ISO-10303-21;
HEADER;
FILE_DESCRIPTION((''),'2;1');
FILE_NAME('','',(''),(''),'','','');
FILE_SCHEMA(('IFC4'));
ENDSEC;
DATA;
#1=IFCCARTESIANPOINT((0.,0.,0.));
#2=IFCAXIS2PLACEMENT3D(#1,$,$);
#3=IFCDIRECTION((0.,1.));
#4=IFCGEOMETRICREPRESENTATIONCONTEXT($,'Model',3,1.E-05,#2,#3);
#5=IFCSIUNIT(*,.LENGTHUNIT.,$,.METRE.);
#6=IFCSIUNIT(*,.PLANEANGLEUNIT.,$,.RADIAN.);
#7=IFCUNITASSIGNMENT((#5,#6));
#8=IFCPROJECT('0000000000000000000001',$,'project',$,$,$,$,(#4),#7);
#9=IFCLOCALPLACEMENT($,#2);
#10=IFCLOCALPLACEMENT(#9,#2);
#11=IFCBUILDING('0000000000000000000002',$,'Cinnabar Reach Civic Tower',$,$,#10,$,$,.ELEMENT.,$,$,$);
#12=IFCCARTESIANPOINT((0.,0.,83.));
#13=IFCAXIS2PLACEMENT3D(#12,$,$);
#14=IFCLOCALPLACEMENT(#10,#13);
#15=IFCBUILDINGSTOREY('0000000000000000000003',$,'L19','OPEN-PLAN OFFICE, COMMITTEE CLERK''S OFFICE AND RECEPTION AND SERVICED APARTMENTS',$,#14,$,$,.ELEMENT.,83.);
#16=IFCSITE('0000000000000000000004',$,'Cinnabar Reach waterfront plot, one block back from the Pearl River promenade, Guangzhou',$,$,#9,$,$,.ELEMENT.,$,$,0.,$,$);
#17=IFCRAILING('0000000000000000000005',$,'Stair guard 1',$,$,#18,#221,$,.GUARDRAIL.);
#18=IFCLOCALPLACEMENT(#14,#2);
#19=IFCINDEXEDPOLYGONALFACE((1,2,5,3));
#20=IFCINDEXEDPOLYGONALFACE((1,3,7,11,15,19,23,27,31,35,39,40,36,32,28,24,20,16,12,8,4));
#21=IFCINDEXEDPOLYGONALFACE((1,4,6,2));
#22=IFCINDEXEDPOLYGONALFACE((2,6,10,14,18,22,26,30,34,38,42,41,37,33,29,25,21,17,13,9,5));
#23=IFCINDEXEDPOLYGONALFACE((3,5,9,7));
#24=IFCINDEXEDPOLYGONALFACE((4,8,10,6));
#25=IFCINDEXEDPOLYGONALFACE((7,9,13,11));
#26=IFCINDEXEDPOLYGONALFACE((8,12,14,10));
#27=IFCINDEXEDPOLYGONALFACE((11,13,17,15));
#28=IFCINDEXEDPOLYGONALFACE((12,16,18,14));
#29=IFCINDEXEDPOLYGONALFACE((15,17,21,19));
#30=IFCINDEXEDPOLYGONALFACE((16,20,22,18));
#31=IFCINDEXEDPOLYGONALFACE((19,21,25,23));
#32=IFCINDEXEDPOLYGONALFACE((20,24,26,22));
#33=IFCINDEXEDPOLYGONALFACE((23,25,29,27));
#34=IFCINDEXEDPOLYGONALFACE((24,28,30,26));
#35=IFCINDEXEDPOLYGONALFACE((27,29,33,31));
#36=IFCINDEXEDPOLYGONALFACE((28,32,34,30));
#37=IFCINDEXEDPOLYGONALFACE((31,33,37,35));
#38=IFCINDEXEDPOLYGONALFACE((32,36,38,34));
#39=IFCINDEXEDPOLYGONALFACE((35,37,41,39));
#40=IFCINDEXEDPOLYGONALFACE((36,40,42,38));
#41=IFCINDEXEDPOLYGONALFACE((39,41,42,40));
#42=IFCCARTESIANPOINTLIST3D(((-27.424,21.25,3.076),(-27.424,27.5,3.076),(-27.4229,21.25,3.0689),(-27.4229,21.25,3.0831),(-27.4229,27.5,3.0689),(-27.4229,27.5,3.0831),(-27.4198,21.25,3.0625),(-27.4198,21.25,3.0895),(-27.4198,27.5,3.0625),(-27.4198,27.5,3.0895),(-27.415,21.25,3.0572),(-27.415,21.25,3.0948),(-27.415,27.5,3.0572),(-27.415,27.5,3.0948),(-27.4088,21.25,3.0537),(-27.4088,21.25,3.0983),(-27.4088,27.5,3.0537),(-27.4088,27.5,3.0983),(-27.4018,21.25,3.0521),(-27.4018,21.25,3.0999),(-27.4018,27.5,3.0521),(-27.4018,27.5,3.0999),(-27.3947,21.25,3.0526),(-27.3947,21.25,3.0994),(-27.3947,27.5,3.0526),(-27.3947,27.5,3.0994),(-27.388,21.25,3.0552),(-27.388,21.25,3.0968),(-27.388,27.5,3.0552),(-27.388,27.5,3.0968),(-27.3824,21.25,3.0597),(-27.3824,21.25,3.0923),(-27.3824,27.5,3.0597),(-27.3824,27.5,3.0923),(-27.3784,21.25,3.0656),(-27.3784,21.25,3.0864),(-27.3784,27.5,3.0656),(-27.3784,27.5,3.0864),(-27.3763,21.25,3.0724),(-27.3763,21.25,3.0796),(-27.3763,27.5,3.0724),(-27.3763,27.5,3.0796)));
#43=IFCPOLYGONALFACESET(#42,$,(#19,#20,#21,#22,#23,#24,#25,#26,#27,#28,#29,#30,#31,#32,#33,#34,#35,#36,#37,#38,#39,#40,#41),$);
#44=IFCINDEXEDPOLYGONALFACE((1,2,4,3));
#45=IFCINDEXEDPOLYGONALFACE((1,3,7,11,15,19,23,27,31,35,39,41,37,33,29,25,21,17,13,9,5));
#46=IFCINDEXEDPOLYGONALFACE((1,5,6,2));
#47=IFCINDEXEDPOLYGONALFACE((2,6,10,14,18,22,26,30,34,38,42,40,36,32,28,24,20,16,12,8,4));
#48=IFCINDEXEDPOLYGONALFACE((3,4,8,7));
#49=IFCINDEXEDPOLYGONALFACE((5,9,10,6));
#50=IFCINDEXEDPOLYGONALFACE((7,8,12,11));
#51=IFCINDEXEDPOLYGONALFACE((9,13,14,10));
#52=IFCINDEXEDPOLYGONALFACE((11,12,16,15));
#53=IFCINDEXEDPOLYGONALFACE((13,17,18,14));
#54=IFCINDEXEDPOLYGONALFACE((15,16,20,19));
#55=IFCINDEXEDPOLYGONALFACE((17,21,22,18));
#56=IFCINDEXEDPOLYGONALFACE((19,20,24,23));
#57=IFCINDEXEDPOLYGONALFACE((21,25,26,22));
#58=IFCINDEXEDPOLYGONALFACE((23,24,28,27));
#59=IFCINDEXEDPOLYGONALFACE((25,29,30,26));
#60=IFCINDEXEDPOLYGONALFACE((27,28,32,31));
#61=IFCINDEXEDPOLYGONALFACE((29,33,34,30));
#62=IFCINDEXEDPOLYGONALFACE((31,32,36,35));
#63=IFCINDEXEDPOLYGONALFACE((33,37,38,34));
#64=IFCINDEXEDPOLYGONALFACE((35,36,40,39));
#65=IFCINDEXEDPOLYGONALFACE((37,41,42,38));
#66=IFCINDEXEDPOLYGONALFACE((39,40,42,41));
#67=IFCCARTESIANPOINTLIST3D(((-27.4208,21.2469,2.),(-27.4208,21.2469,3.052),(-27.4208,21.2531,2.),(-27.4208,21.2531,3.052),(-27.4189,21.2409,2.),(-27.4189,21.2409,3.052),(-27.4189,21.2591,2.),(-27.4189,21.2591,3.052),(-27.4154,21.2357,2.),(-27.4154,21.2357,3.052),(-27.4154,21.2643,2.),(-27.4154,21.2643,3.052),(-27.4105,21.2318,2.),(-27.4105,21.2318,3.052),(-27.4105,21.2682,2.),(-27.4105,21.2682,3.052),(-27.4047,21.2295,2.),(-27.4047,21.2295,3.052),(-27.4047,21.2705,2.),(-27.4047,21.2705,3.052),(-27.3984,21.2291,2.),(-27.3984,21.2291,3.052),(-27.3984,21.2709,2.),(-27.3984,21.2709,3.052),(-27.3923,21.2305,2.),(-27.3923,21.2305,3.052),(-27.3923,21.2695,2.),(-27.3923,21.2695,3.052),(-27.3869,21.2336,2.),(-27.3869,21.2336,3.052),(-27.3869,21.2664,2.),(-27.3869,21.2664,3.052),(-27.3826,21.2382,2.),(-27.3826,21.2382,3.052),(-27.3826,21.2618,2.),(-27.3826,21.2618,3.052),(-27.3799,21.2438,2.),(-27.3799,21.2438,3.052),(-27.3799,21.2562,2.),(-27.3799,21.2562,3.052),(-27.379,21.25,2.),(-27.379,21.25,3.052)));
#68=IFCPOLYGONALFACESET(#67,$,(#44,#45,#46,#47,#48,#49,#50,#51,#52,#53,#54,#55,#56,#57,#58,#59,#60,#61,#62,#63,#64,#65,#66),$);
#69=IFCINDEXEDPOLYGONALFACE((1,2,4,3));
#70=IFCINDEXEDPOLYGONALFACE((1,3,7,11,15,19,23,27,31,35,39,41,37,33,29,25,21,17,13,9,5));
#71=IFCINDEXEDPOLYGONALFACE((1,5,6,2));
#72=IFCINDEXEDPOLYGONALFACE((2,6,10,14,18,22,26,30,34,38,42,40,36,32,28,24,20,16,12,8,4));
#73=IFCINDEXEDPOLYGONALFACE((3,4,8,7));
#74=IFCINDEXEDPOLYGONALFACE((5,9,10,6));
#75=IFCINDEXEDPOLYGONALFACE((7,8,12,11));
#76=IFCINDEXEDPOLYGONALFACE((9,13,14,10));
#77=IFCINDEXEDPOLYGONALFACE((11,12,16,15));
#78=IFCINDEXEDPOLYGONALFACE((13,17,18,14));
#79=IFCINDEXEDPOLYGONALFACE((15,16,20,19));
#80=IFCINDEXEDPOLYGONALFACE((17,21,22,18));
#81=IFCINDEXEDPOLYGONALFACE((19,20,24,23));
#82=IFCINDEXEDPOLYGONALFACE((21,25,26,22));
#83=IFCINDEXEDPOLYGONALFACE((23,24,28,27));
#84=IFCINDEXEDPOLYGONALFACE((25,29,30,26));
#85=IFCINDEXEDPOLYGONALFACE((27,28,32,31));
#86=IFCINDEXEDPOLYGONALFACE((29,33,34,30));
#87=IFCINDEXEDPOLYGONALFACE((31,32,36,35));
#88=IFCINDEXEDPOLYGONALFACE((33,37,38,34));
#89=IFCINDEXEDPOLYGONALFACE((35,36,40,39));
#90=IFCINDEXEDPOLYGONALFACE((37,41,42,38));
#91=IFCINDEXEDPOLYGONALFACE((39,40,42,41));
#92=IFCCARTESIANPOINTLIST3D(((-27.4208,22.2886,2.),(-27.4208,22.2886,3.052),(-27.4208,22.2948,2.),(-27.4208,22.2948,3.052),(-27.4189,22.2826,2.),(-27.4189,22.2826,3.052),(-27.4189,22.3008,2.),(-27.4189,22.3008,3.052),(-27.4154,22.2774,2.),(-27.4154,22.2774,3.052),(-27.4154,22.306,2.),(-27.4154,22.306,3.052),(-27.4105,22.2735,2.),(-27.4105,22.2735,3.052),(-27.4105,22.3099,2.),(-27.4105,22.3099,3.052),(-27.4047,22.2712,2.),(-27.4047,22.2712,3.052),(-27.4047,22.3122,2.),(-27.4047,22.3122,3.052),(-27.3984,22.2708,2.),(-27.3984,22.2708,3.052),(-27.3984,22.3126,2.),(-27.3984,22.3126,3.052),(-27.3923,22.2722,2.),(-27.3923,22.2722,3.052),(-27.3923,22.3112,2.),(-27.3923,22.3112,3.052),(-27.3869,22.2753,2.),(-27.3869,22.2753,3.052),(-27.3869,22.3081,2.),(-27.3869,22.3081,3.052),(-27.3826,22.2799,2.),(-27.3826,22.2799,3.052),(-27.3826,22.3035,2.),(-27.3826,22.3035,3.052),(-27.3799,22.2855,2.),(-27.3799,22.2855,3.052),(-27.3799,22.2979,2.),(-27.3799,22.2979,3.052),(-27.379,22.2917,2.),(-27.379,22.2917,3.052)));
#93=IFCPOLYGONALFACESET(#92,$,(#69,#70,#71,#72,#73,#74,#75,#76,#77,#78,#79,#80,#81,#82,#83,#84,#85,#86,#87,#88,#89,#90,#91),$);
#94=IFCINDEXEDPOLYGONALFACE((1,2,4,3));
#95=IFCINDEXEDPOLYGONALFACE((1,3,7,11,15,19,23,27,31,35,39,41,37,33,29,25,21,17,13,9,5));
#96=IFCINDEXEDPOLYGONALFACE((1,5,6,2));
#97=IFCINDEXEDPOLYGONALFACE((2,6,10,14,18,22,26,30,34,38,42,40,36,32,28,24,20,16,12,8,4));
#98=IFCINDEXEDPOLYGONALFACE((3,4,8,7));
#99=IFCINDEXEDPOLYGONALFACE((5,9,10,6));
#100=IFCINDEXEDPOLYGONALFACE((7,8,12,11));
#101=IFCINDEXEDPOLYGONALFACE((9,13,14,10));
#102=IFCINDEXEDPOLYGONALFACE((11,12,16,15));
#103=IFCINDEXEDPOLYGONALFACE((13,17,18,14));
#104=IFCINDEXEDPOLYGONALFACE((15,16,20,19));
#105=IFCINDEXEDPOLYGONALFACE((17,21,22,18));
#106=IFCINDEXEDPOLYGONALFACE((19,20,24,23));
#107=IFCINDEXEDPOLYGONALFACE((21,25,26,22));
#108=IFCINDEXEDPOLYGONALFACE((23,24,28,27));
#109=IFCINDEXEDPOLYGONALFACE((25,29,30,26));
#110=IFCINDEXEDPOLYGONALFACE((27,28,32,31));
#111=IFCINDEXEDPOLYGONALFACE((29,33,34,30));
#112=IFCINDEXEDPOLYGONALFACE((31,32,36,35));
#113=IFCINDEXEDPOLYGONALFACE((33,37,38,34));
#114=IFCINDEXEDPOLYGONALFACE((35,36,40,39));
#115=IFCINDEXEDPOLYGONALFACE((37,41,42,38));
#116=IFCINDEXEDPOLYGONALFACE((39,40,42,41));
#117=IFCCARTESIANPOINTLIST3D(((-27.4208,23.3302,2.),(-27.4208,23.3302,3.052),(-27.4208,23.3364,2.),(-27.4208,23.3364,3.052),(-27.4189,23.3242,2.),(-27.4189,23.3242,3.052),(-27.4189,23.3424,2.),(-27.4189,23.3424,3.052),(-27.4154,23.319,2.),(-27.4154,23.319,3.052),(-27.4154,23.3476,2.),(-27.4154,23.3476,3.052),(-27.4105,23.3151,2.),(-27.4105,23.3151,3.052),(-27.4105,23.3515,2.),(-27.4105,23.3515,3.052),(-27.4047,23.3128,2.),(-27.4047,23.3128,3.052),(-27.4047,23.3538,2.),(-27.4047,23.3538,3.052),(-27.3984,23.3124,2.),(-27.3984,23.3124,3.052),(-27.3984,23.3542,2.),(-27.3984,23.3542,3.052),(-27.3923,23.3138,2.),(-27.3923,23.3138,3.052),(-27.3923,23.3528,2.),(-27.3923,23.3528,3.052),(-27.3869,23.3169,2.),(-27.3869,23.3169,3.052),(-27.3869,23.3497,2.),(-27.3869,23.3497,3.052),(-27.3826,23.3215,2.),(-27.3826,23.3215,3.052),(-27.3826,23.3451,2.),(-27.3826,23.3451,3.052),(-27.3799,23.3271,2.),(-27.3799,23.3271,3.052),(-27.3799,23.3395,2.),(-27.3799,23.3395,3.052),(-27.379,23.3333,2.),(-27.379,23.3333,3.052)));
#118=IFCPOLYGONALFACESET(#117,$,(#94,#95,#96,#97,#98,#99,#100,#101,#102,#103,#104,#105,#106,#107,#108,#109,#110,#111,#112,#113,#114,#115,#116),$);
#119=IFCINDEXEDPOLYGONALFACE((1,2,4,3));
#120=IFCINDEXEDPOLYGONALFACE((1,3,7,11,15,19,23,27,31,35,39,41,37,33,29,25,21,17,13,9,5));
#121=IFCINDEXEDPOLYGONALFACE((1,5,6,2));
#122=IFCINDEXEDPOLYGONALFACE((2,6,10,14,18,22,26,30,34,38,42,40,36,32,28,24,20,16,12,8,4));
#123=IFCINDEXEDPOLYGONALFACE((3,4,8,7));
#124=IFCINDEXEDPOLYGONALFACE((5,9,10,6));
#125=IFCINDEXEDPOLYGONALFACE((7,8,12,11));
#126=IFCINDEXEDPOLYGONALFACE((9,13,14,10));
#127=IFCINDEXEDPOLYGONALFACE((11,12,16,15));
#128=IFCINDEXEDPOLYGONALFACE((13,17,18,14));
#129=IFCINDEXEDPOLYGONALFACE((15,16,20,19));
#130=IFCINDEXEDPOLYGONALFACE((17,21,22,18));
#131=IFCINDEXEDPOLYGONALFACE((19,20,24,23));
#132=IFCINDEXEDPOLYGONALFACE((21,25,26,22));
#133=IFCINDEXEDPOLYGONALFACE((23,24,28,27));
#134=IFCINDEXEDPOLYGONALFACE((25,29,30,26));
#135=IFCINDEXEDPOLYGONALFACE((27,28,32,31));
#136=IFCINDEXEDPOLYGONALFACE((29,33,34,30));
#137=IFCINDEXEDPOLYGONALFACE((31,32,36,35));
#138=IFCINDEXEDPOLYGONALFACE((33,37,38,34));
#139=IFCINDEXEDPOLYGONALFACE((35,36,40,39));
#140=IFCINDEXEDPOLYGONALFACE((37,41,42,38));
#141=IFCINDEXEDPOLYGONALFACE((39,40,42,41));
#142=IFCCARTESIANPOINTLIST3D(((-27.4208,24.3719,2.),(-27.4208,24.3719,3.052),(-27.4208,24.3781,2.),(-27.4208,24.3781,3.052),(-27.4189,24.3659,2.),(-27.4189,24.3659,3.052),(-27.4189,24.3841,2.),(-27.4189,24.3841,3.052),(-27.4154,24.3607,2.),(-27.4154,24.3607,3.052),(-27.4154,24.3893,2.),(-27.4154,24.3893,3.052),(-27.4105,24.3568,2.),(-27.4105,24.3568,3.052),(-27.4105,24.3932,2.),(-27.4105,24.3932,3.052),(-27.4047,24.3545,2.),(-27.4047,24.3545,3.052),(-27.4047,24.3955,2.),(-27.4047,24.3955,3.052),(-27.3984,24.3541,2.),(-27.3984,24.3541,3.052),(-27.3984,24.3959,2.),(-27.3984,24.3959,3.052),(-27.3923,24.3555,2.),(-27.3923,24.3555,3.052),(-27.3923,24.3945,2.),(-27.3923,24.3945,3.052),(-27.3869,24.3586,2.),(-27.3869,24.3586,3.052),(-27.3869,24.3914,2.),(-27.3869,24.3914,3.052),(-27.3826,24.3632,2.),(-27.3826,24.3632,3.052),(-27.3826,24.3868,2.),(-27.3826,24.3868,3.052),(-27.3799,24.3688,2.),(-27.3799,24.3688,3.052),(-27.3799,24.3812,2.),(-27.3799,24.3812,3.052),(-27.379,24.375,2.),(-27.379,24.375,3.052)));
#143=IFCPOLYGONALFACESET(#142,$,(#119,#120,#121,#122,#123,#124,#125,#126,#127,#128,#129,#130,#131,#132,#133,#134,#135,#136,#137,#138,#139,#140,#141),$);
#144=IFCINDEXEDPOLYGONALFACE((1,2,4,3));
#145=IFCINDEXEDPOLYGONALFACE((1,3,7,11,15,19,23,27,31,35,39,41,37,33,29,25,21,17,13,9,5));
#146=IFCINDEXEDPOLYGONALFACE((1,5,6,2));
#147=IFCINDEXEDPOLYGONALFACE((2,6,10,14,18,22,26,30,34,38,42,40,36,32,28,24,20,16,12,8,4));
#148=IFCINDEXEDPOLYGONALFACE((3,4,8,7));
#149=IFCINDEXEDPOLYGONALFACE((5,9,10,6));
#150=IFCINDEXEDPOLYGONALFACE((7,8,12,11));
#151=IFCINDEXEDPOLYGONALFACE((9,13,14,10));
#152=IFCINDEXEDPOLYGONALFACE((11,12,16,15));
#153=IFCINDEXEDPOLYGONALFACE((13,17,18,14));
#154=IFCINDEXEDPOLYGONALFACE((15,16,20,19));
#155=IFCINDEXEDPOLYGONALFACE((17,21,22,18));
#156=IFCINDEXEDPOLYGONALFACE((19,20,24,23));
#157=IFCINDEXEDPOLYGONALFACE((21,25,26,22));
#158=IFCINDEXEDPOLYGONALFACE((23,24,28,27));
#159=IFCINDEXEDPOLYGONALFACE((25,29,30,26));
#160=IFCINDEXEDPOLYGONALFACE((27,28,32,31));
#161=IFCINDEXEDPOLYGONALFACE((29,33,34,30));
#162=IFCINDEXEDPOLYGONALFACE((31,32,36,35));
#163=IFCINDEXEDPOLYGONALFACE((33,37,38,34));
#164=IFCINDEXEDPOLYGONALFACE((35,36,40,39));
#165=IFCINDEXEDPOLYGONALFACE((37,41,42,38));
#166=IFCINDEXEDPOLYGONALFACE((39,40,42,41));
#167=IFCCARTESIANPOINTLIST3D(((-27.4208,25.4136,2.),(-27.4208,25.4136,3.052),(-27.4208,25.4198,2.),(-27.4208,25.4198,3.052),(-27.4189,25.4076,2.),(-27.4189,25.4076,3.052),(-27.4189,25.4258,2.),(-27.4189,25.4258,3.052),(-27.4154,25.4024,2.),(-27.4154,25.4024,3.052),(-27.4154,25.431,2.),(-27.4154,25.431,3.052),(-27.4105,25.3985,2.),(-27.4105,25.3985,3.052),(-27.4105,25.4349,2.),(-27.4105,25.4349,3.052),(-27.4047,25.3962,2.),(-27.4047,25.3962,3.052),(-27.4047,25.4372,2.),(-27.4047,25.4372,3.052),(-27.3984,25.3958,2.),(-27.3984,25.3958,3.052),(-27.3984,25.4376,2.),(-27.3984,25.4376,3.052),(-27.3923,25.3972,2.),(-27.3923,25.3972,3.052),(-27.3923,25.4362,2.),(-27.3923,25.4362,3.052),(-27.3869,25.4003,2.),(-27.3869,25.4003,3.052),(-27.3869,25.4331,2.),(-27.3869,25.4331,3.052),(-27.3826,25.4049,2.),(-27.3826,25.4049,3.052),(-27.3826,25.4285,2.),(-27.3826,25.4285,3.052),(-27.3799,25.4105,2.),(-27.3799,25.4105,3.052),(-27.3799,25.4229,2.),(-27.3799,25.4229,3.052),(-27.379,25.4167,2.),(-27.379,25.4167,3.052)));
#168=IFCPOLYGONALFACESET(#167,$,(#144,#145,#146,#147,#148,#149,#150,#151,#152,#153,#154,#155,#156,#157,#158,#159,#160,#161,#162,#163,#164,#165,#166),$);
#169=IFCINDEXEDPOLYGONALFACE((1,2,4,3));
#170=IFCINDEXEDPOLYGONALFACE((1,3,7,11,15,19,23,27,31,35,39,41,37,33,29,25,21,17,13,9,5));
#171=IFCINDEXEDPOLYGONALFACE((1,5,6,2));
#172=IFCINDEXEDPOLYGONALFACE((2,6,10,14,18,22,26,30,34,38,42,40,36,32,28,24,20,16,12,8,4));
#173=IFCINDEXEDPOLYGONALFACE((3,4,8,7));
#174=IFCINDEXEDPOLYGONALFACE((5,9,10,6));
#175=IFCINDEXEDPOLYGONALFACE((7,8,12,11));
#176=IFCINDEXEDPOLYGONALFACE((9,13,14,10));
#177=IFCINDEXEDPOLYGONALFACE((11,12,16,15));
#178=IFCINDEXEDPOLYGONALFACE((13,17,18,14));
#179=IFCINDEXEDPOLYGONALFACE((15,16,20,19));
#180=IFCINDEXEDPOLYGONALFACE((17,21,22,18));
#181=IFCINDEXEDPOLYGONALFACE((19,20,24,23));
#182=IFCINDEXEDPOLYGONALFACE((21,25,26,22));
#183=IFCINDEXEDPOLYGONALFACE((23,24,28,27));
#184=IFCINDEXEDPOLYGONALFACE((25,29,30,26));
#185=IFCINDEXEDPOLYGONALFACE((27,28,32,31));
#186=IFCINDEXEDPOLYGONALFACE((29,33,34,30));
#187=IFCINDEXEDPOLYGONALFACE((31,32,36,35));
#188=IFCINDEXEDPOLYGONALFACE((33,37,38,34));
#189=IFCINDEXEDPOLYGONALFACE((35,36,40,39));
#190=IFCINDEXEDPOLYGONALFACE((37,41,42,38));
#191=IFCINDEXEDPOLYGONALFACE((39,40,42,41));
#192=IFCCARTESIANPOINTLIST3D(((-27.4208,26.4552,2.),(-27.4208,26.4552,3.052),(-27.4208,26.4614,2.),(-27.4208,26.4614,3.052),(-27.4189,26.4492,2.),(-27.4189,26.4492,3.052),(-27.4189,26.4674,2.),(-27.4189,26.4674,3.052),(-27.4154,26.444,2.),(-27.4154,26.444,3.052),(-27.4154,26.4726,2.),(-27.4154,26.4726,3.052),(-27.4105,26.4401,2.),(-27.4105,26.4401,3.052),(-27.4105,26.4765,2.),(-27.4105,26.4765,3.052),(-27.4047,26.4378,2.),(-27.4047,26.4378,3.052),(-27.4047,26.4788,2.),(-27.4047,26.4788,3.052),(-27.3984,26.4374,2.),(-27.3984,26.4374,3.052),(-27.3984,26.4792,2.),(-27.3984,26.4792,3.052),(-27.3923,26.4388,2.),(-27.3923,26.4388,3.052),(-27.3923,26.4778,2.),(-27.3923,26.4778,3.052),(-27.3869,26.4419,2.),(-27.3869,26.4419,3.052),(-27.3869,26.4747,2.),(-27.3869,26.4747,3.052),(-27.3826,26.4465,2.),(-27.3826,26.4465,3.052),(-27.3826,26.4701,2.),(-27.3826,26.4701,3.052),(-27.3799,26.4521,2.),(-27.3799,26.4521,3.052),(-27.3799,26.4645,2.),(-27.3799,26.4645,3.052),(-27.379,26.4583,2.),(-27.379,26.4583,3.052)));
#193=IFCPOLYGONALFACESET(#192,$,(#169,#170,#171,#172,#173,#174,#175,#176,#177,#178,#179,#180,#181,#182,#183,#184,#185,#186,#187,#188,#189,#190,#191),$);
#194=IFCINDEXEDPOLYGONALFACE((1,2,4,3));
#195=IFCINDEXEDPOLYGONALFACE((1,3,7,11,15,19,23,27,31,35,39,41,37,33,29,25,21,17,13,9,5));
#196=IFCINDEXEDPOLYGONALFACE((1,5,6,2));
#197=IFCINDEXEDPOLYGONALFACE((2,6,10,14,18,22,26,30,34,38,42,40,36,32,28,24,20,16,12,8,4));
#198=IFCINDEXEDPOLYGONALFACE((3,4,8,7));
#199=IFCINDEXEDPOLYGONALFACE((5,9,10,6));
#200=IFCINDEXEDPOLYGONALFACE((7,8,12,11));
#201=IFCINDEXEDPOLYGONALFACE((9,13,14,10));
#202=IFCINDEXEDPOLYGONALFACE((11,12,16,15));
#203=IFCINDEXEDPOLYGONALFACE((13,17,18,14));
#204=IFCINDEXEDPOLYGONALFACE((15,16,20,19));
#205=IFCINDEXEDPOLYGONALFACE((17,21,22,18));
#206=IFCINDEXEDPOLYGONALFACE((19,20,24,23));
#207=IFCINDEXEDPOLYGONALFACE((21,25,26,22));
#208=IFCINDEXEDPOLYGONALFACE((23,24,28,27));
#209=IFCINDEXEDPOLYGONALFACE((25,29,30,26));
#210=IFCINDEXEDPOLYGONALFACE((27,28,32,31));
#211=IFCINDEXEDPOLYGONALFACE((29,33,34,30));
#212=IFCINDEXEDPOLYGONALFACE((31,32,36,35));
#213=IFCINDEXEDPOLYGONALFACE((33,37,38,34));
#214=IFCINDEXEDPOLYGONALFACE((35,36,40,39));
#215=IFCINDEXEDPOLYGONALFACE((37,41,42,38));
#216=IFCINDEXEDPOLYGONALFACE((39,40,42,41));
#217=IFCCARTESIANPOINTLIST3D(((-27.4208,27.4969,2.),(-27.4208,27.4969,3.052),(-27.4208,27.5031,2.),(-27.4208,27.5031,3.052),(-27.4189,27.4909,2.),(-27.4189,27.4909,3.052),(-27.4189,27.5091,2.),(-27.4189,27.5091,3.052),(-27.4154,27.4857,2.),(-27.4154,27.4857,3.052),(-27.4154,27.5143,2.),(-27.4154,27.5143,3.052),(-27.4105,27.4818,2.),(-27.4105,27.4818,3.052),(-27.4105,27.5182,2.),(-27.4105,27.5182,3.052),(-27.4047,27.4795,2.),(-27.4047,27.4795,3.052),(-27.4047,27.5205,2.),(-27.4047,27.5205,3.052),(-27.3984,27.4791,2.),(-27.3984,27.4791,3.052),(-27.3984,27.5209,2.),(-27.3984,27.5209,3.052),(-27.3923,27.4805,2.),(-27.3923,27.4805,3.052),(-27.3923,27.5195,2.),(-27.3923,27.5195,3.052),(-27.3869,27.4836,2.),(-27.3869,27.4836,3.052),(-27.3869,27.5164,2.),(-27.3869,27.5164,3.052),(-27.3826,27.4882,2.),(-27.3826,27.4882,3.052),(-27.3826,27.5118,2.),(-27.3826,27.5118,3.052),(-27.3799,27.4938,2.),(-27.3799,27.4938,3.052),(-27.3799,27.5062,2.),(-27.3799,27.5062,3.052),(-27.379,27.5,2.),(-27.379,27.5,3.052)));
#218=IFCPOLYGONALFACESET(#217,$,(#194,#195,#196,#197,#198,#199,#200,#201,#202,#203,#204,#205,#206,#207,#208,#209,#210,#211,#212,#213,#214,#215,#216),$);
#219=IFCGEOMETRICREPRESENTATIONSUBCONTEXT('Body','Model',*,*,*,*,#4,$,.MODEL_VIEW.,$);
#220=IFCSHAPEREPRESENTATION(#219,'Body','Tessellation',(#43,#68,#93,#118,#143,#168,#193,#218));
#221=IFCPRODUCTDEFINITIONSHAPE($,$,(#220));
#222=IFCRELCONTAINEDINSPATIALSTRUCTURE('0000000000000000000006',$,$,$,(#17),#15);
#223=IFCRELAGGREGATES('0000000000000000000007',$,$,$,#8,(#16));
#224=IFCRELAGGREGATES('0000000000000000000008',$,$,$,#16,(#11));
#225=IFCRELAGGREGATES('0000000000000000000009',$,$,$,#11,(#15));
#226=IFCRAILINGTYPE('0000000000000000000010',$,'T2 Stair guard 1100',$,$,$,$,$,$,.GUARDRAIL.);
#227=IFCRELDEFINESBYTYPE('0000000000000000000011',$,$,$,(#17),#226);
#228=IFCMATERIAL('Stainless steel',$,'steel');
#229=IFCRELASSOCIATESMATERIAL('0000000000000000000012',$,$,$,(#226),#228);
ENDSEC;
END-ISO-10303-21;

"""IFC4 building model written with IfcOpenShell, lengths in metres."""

from ifc_helpers import new_model, si_unit, direction, frame, origin, origin_2d, place, context, subcontext, project, spatial, circle, extrude, material, type_object, element, save


model = new_model("IFC4")

# Units and contexts
model_context = context("Model", 3, precision=1e-05, world=origin(), true_north=direction((0.0, 1.0)))
body_context = subcontext(model_context, "Body", "Model", "MODEL_VIEW")
ifc_project = project(units=[si_unit("LENGTHUNIT", "METRE"), si_unit("PLANEANGLEUNIT", "RADIAN")], contexts=[model_context])

# Site, building, storey
site_placement = place(None, origin())
site = spatial("IfcSite", under=ifc_project, at=site_placement, Name="Cinnabar Reach waterfront plot, one block back from the Pearl River promenade, Guangzhou", CompositionType="ELEMENT", RefElevation=0.0)
building_placement = place(site_placement, origin())
building = spatial("IfcBuilding", under=site, at=building_placement, Name="Cinnabar Reach Civic Tower", CompositionType="ELEMENT")
storey_placement = place(building_placement, frame((0.0, 0.0, 83.0)))
storey = spatial("IfcBuildingStorey", under=building, at=storey_placement, Name="L19", Description="OPEN-PLAN OFFICE, COMMITTEE CLERK'S OFFICE AND RECEPTION AND SERVICED APARTMENTS", CompositionType="ELEMENT", Elevation=83.0)

# Railing
ifc_material_1 = material(Name="Stainless steel", Category="steel")
railing_type = type_object("IfcRailingType", Name="T2 Stair guard 1100", PredefinedType="GUARDRAIL", material=ifc_material_1)
for number, where, name in (
    (1, (-27.4, 21.25, 2.0), "Stair guard 1"),
):
    element("IfcRailing", number, at=place(storey_placement, frame(where)), inside=storey, type_object=railing_type, Name=name, PredefinedType="GUARDRAIL", context=body_context, shape_type="SweptSolid", body=[
        extrude(circle(Radius=0.024, at=origin_2d()), frame((0.0, 0.0, 1.076), z_axis=(0.0, 1.0, 0.0), x_axis=(-1.0, 0.0, 0.0)), (0.0, 0.0, 1.0), 6.25),
        extrude(circle(Radius=0.021, at=origin_2d()), origin(), (0.0, 0.0, 1.0), 1.052),
        extrude(circle(Radius=0.021, at=origin_2d()), frame((0.0, 1.0417, 0.0)), (0.0, 0.0, 1.0), 1.052),
        extrude(circle(Radius=0.021, at=origin_2d()), frame((0.0, 2.0833, 0.0)), (0.0, 0.0, 1.0), 1.052),
        extrude(circle(Radius=0.021, at=origin_2d()), frame((0.0, 3.125, 0.0)), (0.0, 0.0, 1.0), 1.052),
        extrude(circle(Radius=0.021, at=origin_2d()), frame((0.0, 4.1667, 0.0)), (0.0, 0.0, 1.0), 1.052),
        extrude(circle(Radius=0.021, at=origin_2d()), frame((0.0, 5.2083, 0.0)), (0.0, 0.0, 1.0), 1.052),
        extrude(circle(Radius=0.021, at=origin_2d()), frame((0.0, 6.25, 0.0)), (0.0, 0.0, 1.0), 1.052),
    ])

save(model, "model.ifc")
